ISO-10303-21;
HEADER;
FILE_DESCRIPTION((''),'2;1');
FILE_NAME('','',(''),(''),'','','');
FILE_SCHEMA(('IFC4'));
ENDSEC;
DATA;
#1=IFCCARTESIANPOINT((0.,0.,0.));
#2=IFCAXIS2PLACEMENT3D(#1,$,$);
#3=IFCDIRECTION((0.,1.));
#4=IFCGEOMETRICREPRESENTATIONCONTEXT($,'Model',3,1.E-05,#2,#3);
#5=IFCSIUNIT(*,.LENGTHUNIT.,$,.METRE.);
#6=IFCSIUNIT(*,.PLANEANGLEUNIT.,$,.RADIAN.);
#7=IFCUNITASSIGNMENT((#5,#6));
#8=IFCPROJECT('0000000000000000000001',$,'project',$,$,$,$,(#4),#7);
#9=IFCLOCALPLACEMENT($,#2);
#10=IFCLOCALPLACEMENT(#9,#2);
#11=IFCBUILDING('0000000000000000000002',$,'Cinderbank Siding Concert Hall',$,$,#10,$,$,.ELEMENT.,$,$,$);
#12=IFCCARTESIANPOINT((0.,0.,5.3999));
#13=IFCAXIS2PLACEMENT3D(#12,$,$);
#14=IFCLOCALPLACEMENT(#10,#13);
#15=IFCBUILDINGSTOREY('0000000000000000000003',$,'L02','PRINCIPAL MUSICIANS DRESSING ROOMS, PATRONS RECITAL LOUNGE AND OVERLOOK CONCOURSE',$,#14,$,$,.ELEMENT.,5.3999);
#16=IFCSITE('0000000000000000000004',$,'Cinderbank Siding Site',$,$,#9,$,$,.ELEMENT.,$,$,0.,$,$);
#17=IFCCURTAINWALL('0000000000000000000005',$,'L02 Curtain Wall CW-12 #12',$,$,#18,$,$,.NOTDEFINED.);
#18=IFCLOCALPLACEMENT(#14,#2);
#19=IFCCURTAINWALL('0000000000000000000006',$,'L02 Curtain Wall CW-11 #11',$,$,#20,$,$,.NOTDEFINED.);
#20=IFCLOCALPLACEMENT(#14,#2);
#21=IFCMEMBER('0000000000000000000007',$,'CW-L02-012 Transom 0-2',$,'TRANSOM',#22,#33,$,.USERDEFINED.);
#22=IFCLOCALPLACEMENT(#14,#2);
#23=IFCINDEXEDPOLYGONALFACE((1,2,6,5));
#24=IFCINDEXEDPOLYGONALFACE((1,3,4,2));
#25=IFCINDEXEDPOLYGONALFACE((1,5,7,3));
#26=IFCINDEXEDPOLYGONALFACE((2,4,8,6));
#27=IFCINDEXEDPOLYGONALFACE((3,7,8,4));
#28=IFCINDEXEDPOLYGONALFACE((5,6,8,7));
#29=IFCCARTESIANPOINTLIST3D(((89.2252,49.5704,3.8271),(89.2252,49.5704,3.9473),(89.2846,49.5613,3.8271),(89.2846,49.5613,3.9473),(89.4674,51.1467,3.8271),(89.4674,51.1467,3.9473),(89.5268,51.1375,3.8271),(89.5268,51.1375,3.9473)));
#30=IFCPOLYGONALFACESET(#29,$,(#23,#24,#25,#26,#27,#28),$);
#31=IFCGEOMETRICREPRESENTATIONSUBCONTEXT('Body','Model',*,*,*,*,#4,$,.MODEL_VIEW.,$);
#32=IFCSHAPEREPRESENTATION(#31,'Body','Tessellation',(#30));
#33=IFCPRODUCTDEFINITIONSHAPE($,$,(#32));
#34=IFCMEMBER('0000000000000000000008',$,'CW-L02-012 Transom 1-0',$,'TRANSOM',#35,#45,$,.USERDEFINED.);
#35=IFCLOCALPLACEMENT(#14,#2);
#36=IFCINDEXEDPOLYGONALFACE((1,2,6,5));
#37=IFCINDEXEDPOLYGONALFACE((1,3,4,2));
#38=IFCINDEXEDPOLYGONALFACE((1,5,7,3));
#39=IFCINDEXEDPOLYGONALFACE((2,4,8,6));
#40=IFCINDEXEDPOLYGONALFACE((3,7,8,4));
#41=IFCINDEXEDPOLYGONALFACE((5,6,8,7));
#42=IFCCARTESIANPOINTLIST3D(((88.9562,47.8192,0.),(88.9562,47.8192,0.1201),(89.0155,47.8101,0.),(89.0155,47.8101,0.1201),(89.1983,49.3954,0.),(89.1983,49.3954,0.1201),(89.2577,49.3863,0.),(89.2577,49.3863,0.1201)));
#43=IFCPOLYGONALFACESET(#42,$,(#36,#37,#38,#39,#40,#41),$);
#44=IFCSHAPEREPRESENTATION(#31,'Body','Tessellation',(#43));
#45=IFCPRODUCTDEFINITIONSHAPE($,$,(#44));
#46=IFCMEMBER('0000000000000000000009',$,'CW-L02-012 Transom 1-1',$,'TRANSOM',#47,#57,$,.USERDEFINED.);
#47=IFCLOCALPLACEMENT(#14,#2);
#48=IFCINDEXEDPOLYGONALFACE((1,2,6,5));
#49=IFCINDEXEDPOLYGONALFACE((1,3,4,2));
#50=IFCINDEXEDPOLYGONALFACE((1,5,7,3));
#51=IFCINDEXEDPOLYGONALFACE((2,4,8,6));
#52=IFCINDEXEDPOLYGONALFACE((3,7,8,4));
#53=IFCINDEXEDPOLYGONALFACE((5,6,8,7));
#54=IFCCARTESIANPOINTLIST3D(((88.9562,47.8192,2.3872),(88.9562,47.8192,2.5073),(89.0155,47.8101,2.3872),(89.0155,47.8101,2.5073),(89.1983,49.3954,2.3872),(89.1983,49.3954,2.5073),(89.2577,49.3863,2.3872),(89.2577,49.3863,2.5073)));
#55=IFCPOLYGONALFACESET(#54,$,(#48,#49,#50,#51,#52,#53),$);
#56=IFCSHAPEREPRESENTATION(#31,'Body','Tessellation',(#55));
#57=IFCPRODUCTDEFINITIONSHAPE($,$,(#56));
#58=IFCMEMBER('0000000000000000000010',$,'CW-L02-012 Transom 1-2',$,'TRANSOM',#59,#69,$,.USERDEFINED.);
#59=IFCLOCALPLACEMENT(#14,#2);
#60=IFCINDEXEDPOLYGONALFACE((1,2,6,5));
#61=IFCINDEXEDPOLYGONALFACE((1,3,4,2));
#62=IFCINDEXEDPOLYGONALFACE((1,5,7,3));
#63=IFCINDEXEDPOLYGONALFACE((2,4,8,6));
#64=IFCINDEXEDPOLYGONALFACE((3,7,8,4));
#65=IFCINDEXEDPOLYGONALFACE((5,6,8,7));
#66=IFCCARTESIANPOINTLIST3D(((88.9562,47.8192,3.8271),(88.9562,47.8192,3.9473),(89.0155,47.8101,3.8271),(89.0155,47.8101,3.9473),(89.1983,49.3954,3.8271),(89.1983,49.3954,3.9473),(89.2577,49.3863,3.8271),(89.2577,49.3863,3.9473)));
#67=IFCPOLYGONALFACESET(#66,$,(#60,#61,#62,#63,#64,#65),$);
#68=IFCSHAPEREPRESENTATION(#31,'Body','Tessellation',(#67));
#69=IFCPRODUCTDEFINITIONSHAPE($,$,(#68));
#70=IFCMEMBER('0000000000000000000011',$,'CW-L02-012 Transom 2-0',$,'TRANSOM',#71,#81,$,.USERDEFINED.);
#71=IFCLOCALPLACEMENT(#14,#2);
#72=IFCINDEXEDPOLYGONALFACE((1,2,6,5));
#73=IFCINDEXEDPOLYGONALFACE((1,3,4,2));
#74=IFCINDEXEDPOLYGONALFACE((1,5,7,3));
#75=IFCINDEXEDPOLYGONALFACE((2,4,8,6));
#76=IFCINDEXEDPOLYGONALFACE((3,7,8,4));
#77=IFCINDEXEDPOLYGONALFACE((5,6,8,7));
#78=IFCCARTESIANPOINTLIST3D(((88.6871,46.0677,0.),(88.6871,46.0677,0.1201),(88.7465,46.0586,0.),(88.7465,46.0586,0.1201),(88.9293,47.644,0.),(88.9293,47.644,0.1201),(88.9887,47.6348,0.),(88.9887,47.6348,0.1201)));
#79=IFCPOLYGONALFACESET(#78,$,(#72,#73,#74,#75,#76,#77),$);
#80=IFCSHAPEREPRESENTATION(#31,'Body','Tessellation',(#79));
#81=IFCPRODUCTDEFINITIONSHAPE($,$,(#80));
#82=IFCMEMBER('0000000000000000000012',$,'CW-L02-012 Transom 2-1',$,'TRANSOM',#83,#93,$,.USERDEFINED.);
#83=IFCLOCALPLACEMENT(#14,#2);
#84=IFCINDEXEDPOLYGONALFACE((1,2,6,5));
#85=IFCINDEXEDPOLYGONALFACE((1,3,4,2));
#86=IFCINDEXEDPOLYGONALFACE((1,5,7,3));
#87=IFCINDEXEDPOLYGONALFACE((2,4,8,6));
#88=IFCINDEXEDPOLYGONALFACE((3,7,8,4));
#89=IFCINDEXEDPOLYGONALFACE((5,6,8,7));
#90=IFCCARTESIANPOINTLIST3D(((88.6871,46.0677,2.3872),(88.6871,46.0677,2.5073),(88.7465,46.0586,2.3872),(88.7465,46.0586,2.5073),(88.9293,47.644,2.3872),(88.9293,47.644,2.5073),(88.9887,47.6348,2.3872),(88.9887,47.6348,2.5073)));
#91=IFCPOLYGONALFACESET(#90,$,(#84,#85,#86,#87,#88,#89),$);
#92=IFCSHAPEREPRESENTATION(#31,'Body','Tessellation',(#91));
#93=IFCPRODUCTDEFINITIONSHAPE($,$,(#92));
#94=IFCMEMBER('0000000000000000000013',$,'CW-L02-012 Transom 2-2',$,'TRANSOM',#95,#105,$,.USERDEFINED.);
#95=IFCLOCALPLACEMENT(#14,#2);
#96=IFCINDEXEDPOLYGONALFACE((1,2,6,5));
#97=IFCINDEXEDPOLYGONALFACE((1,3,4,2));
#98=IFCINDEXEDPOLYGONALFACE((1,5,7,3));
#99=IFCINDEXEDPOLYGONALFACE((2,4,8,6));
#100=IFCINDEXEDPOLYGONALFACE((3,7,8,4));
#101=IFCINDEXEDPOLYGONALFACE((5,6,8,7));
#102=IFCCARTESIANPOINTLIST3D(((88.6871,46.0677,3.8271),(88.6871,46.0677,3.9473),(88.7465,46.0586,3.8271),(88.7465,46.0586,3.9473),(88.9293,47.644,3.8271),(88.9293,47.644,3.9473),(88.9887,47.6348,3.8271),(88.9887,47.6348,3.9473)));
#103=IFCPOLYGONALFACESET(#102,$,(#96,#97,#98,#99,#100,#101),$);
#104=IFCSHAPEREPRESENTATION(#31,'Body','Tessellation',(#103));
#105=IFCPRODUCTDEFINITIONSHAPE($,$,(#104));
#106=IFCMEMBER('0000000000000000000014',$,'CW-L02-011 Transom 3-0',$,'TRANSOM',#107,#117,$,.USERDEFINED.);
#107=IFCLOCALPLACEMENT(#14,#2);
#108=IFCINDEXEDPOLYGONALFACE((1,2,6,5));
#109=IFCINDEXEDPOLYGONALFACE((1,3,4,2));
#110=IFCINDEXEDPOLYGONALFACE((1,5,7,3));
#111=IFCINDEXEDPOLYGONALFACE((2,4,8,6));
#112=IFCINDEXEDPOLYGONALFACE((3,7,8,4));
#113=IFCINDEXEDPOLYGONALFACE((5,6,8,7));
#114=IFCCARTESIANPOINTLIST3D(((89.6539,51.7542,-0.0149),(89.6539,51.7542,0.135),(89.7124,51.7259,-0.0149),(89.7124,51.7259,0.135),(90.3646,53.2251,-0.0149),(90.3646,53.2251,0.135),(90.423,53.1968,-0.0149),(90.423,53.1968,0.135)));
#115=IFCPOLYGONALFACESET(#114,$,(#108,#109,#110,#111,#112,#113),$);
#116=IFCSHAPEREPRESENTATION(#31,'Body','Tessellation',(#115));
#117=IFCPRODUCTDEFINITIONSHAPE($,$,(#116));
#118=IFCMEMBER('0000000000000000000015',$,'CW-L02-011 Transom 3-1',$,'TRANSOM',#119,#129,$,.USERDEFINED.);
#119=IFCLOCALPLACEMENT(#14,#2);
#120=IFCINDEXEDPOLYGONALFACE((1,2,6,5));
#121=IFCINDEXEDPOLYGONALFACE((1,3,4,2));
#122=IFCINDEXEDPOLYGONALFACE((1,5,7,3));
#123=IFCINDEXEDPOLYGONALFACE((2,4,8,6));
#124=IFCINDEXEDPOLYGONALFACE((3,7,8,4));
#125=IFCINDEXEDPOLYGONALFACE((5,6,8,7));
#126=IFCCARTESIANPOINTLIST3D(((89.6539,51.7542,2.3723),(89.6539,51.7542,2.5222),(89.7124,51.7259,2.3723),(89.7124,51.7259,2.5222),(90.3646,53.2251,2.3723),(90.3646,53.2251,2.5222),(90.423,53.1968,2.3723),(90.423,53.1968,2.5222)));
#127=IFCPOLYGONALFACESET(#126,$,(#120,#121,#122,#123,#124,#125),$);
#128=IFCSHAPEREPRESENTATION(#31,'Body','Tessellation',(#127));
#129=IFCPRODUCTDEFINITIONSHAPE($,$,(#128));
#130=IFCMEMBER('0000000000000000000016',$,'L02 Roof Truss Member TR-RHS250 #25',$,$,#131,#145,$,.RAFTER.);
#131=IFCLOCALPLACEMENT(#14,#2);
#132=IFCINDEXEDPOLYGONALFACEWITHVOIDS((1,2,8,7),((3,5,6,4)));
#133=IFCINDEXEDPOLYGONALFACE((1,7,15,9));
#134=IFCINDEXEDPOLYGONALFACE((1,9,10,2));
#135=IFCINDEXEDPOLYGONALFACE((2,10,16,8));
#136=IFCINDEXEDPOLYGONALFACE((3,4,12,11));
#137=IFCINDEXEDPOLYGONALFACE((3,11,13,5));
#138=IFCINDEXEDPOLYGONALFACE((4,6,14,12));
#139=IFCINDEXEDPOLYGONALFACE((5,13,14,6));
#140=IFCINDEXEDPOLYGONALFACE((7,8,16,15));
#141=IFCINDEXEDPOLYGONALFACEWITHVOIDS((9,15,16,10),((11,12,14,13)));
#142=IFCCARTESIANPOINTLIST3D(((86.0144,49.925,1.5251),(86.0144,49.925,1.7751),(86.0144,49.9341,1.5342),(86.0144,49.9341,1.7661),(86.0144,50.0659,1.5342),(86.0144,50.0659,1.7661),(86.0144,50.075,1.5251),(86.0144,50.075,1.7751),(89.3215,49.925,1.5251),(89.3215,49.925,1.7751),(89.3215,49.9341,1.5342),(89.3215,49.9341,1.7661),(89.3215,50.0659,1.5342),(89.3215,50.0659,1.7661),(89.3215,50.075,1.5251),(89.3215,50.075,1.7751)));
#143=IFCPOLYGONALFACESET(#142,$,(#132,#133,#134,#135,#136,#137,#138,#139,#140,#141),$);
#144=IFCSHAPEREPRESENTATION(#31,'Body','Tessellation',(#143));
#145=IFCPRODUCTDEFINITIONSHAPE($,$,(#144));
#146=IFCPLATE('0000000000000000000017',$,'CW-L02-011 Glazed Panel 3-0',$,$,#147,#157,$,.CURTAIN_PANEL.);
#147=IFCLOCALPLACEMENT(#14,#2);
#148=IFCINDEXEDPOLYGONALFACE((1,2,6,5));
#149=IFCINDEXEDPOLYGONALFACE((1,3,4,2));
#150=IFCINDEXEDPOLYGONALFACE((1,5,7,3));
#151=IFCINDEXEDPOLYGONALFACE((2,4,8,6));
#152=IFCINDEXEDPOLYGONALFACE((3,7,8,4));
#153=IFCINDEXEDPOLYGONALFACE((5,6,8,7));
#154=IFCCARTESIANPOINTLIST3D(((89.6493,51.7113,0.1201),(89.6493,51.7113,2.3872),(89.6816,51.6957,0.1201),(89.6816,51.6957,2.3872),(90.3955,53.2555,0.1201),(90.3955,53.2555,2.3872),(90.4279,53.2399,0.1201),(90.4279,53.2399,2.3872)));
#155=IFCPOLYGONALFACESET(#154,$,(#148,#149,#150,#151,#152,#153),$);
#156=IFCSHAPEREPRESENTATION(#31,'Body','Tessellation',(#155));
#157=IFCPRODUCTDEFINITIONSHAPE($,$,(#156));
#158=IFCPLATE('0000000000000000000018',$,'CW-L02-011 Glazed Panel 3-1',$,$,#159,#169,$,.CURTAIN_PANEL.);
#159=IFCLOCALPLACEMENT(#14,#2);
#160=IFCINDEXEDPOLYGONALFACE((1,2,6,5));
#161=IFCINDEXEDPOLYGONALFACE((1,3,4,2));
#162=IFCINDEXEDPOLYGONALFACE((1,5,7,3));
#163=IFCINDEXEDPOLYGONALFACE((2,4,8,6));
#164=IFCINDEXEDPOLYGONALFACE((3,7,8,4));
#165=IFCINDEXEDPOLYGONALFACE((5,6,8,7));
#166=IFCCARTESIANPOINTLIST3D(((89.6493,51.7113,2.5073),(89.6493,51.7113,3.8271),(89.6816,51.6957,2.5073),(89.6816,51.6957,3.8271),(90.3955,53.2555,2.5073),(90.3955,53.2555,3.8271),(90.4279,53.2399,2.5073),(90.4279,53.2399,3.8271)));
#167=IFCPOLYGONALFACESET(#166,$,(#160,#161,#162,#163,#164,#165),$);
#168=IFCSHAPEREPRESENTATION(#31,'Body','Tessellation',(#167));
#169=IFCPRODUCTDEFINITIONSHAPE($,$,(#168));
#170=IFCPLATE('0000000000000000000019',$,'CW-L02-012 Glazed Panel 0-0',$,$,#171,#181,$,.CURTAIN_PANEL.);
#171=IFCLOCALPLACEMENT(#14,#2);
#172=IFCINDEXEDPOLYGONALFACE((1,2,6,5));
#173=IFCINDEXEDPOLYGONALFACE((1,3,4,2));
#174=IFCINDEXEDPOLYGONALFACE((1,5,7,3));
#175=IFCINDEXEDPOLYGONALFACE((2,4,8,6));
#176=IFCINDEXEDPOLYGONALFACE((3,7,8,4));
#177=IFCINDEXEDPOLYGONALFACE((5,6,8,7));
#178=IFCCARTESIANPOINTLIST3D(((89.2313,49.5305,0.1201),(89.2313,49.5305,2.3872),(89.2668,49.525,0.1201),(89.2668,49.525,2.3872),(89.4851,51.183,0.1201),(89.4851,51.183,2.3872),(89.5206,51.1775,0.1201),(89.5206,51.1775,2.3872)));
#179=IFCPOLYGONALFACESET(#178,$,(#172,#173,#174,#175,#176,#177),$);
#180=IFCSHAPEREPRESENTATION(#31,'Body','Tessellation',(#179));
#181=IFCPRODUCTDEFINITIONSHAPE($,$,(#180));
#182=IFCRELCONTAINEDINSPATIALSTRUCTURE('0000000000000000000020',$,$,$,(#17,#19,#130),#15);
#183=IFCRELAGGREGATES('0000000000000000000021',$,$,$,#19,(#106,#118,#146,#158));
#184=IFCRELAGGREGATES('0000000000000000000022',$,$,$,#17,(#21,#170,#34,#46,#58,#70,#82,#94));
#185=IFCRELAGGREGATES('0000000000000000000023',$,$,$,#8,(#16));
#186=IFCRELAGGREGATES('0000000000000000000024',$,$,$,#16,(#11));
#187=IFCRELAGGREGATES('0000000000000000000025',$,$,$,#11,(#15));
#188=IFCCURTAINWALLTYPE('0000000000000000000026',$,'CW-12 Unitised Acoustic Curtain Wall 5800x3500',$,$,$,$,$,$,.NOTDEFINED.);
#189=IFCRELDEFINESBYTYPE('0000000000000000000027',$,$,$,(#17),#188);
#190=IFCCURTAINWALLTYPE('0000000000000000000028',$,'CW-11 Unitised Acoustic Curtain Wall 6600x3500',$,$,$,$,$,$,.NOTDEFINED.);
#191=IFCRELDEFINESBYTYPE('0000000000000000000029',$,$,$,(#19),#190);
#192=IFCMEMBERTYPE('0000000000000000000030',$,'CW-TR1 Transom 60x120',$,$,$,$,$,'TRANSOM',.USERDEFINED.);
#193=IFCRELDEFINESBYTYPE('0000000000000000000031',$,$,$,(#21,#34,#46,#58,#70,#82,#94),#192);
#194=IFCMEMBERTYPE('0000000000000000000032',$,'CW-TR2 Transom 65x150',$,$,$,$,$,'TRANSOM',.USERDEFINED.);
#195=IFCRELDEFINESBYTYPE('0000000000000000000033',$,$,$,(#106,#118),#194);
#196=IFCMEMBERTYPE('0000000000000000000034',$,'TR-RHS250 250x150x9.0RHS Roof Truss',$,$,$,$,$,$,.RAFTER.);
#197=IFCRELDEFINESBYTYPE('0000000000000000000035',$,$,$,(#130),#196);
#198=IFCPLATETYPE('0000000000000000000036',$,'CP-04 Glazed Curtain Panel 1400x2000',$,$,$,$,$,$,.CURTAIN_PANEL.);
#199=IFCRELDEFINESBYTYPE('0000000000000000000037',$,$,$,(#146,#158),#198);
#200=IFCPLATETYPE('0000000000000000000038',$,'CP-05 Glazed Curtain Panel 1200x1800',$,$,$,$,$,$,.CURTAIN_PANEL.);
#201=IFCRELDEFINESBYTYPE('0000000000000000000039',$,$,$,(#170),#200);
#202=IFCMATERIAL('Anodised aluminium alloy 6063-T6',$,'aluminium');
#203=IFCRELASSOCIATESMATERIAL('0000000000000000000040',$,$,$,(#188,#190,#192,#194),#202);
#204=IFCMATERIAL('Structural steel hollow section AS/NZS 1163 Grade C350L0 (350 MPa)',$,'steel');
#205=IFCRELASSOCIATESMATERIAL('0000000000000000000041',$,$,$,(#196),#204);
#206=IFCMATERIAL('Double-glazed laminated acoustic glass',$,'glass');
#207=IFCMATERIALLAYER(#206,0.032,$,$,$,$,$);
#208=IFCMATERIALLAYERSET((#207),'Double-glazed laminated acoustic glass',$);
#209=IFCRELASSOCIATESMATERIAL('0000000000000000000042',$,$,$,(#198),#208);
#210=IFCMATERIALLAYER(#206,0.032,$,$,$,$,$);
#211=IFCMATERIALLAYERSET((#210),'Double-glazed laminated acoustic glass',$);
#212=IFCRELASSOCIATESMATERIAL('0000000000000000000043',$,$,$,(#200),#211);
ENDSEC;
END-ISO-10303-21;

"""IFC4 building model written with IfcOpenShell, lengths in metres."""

from ifc_helpers import new_model, si_unit, direction, frame, origin, origin_2d, place, context, subcontext, project, spatial, rectangle, hollow_rectangle, extrude, material, layer, layer_set, material_profile, profile_set, type_object, element, aggregate, save


model = new_model("IFC4")

# Units and contexts
model_context = context("Model", 3, precision=1e-05, world=origin(), true_north=direction((0.0, 1.0)))
body_context = subcontext(model_context, "Body", "Model", "MODEL_VIEW")
ifc_project = project(units=[si_unit("LENGTHUNIT", "METRE"), si_unit("PLANEANGLEUNIT", "RADIAN")], contexts=[model_context])

# Site, building, storey
site_placement = place(None, origin())
site = spatial("IfcSite", under=ifc_project, at=site_placement, Name="Cinderbank Siding Site", CompositionType="ELEMENT", RefElevation=0.0)
building_placement = place(site_placement, origin())
building = spatial("IfcBuilding", under=site, at=building_placement, Name="Cinderbank Siding Concert Hall", CompositionType="ELEMENT")
storey_placement = place(building_placement, frame((0.0, 0.0, 5.3999)))
storey = spatial("IfcBuildingStorey", under=building, at=storey_placement, Name="L02", Description="PRINCIPAL MUSICIANS DRESSING ROOMS, PATRONS RECITAL LOUNGE AND OVERLOOK CONCOURSE", CompositionType="ELEMENT", Elevation=5.3999)

# Shared definitions
ifc_material_1 = material(Name="Structural steel hollow section AS/NZS 1163 Grade C350L0 (350 MPa)", Category="steel")

# Curtain wall
ifc_material_2 = material(Name="Anodised aluminium alloy 6063-T6", Category="aluminium")
curtain_wall_type_1 = type_object("IfcCurtainWallType", Name="CW-12 Unitised Acoustic Curtain Wall 5800x3500", PredefinedType="NOTDEFINED", material=ifc_material_2)
curtain_wall_1_placement = place(storey_placement, origin())
curtain_wall_1 = element("IfcCurtainWall", 1, at=curtain_wall_1_placement, inside=storey, type_object=curtain_wall_type_1, Name="L02 Curtain Wall CW-12 #12", PredefinedType="NOTDEFINED")

# Curtain wall
curtain_wall_type_2 = type_object("IfcCurtainWallType", Name="CW-11 Unitised Acoustic Curtain Wall 6600x3500", PredefinedType="NOTDEFINED", material=ifc_material_2)
curtain_wall_2_placement = place(storey_placement, origin())
curtain_wall_2 = element("IfcCurtainWall", 2, at=curtain_wall_2_placement, inside=storey, type_object=curtain_wall_type_2, Name="L02 Curtain Wall CW-11 #11", PredefinedType="NOTDEFINED")

# Members
ifc_material_profile_1 = material_profile(ifc_material_2, rectangle(XDim=0.0601, YDim=0.1201, at=origin_2d()), Name="ALU-TRAN-60x120", Category="LoadBearing")
ifc_profile_set_1 = profile_set([ifc_material_profile_1], Name="Anodised aluminium alloy 6063-T6")
member_type_1 = type_object("IfcMemberType", Name="CW-TR1 Transom 60x120", ElementType="TRANSOM", PredefinedType="USERDEFINED", material=ifc_profile_set_1)
member_1_placement = place(storey_placement, frame((89.4971, 51.1421, 3.8872), z_axis=(-0.151873, -0.9884, 0.0), x_axis=(0.9884, -0.151873, 0.0)))
member_1 = element("IfcMember", 3, at=member_1_placement, type_object=member_type_1, Name="CW-L02-012 Transom 0-2", ObjectType="TRANSOM", PredefinedType="USERDEFINED", context=body_context, shape_type="SweptSolid", body=[
    extrude(rectangle(XDim=0.0601, YDim=0.1201, at=origin_2d()), origin(), (0.0, 0.0, 1.0), 1.5947),
])
member_2_placement = place(storey_placement, frame((89.228, 49.3909, 0.0601), z_axis=(-0.151873, -0.9884, 0.0), x_axis=(0.9884, -0.151873, 0.0)))
member_2 = element("IfcMember", 4, at=member_2_placement, type_object=member_type_1, Name="CW-L02-012 Transom 1-0", ObjectType="TRANSOM", PredefinedType="USERDEFINED", context=body_context, shape_type="SweptSolid", body=[
    extrude(rectangle(XDim=0.0601, YDim=0.1201, at=origin_2d()), origin(), (0.0, 0.0, 1.0), 1.5947),
])
member_3_placement = place(storey_placement, frame((89.228, 49.3909, 2.4473), z_axis=(-0.151873, -0.9884, 0.0), x_axis=(0.9884, -0.151873, 0.0)))
member_3 = element("IfcMember", 5, at=member_3_placement, type_object=member_type_1, Name="CW-L02-012 Transom 1-1", ObjectType="TRANSOM", PredefinedType="USERDEFINED", context=body_context, shape_type="SweptSolid", body=[
    extrude(rectangle(XDim=0.0601, YDim=0.1201, at=origin_2d()), origin(), (0.0, 0.0, 1.0), 1.5947),
])
member_4_placement = place(storey_placement, frame((89.228, 49.3909, 3.8872), z_axis=(-0.151873, -0.9884, 0.0), x_axis=(0.9884, -0.151873, 0.0)))
member_4 = element("IfcMember", 6, at=member_4_placement, type_object=member_type_1, Name="CW-L02-012 Transom 1-2", ObjectType="TRANSOM", PredefinedType="USERDEFINED", context=body_context, shape_type="SweptSolid", body=[
    extrude(rectangle(XDim=0.0601, YDim=0.1201, at=origin_2d()), origin(), (0.0, 0.0, 1.0), 1.5947),
])
member_5_placement = place(storey_placement, frame((88.959, 47.6394, 0.0601), z_axis=(-0.151873, -0.9884, 0.0), x_axis=(0.9884, -0.151873, 0.0)))
member_5 = element("IfcMember", 7, at=member_5_placement, type_object=member_type_1, Name="CW-L02-012 Transom 2-0", ObjectType="TRANSOM", PredefinedType="USERDEFINED", context=body_context, shape_type="SweptSolid", body=[
    extrude(rectangle(XDim=0.0601, YDim=0.1201, at=origin_2d()), origin(), (0.0, 0.0, 1.0), 1.5947),
])
member_6_placement = place(storey_placement, frame((88.959, 47.6394, 2.4473), z_axis=(-0.151873, -0.9884, 0.0), x_axis=(0.9884, -0.151873, 0.0)))
member_6 = element("IfcMember", 8, at=member_6_placement, type_object=member_type_1, Name="CW-L02-012 Transom 2-1", ObjectType="TRANSOM", PredefinedType="USERDEFINED", context=body_context, shape_type="SweptSolid", body=[
    extrude(rectangle(XDim=0.0601, YDim=0.1201, at=origin_2d()), origin(), (0.0, 0.0, 1.0), 1.5947),
])
member_7_placement = place(storey_placement, frame((88.959, 47.6394, 3.8872), z_axis=(-0.151873, -0.9884, 0.0), x_axis=(0.9884, -0.151873, 0.0)))
member_7 = element("IfcMember", 9, at=member_7_placement, type_object=member_type_1, Name="CW-L02-012 Transom 2-2", ObjectType="TRANSOM", PredefinedType="USERDEFINED", context=body_context, shape_type="SweptSolid", body=[
    extrude(rectangle(XDim=0.0601, YDim=0.1201, at=origin_2d()), origin(), (0.0, 0.0, 1.0), 1.5947),
])
ifc_material_profile_2 = material_profile(ifc_material_2, rectangle(XDim=0.0649, YDim=0.1499, at=origin_2d()), Name="ALU-TRAN-65x150", Category="LoadBearing")
ifc_profile_set_2 = profile_set([ifc_material_profile_2], Name="Anodised aluminium alloy 6063-T6")
member_type_2 = type_object("IfcMemberType", Name="CW-TR2 Transom 65x150", ElementType="TRANSOM", PredefinedType="USERDEFINED", material=ifc_profile_set_2)
member_8_placement = place(storey_placement, frame((90.3938, 53.2109, 0.0601), z_axis=(-0.435037, -0.900412, 0.0), x_axis=(0.900412, -0.435037, 0.0)))
member_8 = element("IfcMember", 10, at=member_8_placement, type_object=member_type_2, Name="CW-L02-011 Transom 3-0", ObjectType="TRANSOM", PredefinedType="USERDEFINED", context=body_context, shape_type="SweptSolid", body=[
    extrude(rectangle(XDim=0.0649, YDim=0.1499, at=origin_2d()), origin(), (0.0, 0.0, 1.0), 1.6335),
])
member_9_placement = place(storey_placement, frame((90.3938, 53.2109, 2.4473), z_axis=(-0.435037, -0.900412, 0.0), x_axis=(0.900412, -0.435037, 0.0)))
member_9 = element("IfcMember", 11, at=member_9_placement, type_object=member_type_2, Name="CW-L02-011 Transom 3-1", ObjectType="TRANSOM", PredefinedType="USERDEFINED", context=body_context, shape_type="SweptSolid", body=[
    extrude(rectangle(XDim=0.0649, YDim=0.1499, at=origin_2d()), origin(), (0.0, 0.0, 1.0), 1.6335),
])
ifc_material_profile_3 = material_profile(ifc_material_1, hollow_rectangle(XDim=0.1499, YDim=0.25, WallThickness=0.009, at=origin_2d()), Name="250x150x9.0RHS", Category="LoadBearing")
ifc_profile_set_3 = profile_set([ifc_material_profile_3], Name="Structural steel hollow section AS/NZS 1163 Grade C350L0 (350 MPa)")
member_type_3 = type_object("IfcMemberType", Name="TR-RHS250 250x150x9.0RHS Roof Truss", PredefinedType="RAFTER", material=ifc_profile_set_3)
member_10_placement = place(storey_placement, frame((89.3215, 50.0, 1.6501), z_axis=(-1.0, 0.0, 0.0), x_axis=(0.0, -1.0, 0.0)))
element("IfcMember", 12, at=member_10_placement, inside=storey, type_object=member_type_3, Name="L02 Roof Truss Member TR-RHS250 #25", PredefinedType="RAFTER", context=body_context, shape_type="SweptSolid", body=[
    extrude(hollow_rectangle(XDim=0.1499, YDim=0.25, WallThickness=0.009, at=origin_2d()), origin(), (0.0, 0.0, 1.0), 3.3071),
])

# Plates
ifc_material_3 = material(Name="Double-glazed laminated acoustic glass", Category="glass")
ifc_layer_1 = layer(ifc_material_3, 0.032)
ifc_layer_set_1 = layer_set([ifc_layer_1], Name="Double-glazed laminated acoustic glass")
plate_type_1 = type_object("IfcPlateType", Name="CP-04 Glazed Curtain Panel 1400x2000", PredefinedType="CURTAIN_PANEL", material=ifc_layer_set_1)
plate_1_placement = place(storey_placement, frame((90.0386, 52.4756, 0.1201), z_axis=(0.0, 0.0, 1.0), x_axis=(-0.435102, -0.900381, 0.0)))
plate_1 = element("IfcPlate", 13, at=plate_1_placement, type_object=plate_type_1, Name="CW-L02-011 Glazed Panel 3-0", PredefinedType="CURTAIN_PANEL", context=body_context, shape_type="SweptSolid", body=[
    extrude(rectangle(XDim=1.7151, YDim=0.0359, at=origin_2d()), origin(), (0.0, 0.0, 1.0), 2.2671),
])
plate_2_placement = place(storey_placement, frame((90.0386, 52.4756, 2.5073), z_axis=(0.0, 0.0, 1.0), x_axis=(-0.435102, -0.900381, 0.0)))
plate_2 = element("IfcPlate", 14, at=plate_2_placement, type_object=plate_type_1, Name="CW-L02-011 Glazed Panel 3-1", PredefinedType="CURTAIN_PANEL", context=body_context, shape_type="SweptSolid", body=[
    extrude(rectangle(XDim=1.7151, YDim=0.0359, at=origin_2d()), origin(), (0.0, 0.0, 1.0), 1.3198),
])
aggregate(curtain_wall_2, [member_8, member_9, plate_1, plate_2])
ifc_layer_2 = layer(ifc_material_3, 0.032)
ifc_layer_set_2 = layer_set([ifc_layer_2], Name="Double-glazed laminated acoustic glass")
plate_type_2 = type_object("IfcPlateType", Name="CP-05 Glazed Curtain Panel 1200x1800", PredefinedType="CURTAIN_PANEL", material=ifc_layer_set_2)
plate_3_placement = place(storey_placement, frame((89.376, 50.354, 0.1201), z_axis=(0.0, 0.0, 1.0), x_axis=(-0.151815, -0.988409, 0.0)))
plate_3 = element("IfcPlate", 15, at=plate_3_placement, type_object=plate_type_2, Name="CW-L02-012 Glazed Panel 0-0", PredefinedType="CURTAIN_PANEL", context=body_context, shape_type="SweptSolid", body=[
    extrude(rectangle(XDim=1.6719, YDim=0.0359, at=origin_2d()), origin(), (0.0, 0.0, 1.0), 2.2671),
])
aggregate(curtain_wall_1, [member_1, plate_3, member_2, member_3, member_4, member_5, member_6, member_7])

save(model, "model.ifc")
